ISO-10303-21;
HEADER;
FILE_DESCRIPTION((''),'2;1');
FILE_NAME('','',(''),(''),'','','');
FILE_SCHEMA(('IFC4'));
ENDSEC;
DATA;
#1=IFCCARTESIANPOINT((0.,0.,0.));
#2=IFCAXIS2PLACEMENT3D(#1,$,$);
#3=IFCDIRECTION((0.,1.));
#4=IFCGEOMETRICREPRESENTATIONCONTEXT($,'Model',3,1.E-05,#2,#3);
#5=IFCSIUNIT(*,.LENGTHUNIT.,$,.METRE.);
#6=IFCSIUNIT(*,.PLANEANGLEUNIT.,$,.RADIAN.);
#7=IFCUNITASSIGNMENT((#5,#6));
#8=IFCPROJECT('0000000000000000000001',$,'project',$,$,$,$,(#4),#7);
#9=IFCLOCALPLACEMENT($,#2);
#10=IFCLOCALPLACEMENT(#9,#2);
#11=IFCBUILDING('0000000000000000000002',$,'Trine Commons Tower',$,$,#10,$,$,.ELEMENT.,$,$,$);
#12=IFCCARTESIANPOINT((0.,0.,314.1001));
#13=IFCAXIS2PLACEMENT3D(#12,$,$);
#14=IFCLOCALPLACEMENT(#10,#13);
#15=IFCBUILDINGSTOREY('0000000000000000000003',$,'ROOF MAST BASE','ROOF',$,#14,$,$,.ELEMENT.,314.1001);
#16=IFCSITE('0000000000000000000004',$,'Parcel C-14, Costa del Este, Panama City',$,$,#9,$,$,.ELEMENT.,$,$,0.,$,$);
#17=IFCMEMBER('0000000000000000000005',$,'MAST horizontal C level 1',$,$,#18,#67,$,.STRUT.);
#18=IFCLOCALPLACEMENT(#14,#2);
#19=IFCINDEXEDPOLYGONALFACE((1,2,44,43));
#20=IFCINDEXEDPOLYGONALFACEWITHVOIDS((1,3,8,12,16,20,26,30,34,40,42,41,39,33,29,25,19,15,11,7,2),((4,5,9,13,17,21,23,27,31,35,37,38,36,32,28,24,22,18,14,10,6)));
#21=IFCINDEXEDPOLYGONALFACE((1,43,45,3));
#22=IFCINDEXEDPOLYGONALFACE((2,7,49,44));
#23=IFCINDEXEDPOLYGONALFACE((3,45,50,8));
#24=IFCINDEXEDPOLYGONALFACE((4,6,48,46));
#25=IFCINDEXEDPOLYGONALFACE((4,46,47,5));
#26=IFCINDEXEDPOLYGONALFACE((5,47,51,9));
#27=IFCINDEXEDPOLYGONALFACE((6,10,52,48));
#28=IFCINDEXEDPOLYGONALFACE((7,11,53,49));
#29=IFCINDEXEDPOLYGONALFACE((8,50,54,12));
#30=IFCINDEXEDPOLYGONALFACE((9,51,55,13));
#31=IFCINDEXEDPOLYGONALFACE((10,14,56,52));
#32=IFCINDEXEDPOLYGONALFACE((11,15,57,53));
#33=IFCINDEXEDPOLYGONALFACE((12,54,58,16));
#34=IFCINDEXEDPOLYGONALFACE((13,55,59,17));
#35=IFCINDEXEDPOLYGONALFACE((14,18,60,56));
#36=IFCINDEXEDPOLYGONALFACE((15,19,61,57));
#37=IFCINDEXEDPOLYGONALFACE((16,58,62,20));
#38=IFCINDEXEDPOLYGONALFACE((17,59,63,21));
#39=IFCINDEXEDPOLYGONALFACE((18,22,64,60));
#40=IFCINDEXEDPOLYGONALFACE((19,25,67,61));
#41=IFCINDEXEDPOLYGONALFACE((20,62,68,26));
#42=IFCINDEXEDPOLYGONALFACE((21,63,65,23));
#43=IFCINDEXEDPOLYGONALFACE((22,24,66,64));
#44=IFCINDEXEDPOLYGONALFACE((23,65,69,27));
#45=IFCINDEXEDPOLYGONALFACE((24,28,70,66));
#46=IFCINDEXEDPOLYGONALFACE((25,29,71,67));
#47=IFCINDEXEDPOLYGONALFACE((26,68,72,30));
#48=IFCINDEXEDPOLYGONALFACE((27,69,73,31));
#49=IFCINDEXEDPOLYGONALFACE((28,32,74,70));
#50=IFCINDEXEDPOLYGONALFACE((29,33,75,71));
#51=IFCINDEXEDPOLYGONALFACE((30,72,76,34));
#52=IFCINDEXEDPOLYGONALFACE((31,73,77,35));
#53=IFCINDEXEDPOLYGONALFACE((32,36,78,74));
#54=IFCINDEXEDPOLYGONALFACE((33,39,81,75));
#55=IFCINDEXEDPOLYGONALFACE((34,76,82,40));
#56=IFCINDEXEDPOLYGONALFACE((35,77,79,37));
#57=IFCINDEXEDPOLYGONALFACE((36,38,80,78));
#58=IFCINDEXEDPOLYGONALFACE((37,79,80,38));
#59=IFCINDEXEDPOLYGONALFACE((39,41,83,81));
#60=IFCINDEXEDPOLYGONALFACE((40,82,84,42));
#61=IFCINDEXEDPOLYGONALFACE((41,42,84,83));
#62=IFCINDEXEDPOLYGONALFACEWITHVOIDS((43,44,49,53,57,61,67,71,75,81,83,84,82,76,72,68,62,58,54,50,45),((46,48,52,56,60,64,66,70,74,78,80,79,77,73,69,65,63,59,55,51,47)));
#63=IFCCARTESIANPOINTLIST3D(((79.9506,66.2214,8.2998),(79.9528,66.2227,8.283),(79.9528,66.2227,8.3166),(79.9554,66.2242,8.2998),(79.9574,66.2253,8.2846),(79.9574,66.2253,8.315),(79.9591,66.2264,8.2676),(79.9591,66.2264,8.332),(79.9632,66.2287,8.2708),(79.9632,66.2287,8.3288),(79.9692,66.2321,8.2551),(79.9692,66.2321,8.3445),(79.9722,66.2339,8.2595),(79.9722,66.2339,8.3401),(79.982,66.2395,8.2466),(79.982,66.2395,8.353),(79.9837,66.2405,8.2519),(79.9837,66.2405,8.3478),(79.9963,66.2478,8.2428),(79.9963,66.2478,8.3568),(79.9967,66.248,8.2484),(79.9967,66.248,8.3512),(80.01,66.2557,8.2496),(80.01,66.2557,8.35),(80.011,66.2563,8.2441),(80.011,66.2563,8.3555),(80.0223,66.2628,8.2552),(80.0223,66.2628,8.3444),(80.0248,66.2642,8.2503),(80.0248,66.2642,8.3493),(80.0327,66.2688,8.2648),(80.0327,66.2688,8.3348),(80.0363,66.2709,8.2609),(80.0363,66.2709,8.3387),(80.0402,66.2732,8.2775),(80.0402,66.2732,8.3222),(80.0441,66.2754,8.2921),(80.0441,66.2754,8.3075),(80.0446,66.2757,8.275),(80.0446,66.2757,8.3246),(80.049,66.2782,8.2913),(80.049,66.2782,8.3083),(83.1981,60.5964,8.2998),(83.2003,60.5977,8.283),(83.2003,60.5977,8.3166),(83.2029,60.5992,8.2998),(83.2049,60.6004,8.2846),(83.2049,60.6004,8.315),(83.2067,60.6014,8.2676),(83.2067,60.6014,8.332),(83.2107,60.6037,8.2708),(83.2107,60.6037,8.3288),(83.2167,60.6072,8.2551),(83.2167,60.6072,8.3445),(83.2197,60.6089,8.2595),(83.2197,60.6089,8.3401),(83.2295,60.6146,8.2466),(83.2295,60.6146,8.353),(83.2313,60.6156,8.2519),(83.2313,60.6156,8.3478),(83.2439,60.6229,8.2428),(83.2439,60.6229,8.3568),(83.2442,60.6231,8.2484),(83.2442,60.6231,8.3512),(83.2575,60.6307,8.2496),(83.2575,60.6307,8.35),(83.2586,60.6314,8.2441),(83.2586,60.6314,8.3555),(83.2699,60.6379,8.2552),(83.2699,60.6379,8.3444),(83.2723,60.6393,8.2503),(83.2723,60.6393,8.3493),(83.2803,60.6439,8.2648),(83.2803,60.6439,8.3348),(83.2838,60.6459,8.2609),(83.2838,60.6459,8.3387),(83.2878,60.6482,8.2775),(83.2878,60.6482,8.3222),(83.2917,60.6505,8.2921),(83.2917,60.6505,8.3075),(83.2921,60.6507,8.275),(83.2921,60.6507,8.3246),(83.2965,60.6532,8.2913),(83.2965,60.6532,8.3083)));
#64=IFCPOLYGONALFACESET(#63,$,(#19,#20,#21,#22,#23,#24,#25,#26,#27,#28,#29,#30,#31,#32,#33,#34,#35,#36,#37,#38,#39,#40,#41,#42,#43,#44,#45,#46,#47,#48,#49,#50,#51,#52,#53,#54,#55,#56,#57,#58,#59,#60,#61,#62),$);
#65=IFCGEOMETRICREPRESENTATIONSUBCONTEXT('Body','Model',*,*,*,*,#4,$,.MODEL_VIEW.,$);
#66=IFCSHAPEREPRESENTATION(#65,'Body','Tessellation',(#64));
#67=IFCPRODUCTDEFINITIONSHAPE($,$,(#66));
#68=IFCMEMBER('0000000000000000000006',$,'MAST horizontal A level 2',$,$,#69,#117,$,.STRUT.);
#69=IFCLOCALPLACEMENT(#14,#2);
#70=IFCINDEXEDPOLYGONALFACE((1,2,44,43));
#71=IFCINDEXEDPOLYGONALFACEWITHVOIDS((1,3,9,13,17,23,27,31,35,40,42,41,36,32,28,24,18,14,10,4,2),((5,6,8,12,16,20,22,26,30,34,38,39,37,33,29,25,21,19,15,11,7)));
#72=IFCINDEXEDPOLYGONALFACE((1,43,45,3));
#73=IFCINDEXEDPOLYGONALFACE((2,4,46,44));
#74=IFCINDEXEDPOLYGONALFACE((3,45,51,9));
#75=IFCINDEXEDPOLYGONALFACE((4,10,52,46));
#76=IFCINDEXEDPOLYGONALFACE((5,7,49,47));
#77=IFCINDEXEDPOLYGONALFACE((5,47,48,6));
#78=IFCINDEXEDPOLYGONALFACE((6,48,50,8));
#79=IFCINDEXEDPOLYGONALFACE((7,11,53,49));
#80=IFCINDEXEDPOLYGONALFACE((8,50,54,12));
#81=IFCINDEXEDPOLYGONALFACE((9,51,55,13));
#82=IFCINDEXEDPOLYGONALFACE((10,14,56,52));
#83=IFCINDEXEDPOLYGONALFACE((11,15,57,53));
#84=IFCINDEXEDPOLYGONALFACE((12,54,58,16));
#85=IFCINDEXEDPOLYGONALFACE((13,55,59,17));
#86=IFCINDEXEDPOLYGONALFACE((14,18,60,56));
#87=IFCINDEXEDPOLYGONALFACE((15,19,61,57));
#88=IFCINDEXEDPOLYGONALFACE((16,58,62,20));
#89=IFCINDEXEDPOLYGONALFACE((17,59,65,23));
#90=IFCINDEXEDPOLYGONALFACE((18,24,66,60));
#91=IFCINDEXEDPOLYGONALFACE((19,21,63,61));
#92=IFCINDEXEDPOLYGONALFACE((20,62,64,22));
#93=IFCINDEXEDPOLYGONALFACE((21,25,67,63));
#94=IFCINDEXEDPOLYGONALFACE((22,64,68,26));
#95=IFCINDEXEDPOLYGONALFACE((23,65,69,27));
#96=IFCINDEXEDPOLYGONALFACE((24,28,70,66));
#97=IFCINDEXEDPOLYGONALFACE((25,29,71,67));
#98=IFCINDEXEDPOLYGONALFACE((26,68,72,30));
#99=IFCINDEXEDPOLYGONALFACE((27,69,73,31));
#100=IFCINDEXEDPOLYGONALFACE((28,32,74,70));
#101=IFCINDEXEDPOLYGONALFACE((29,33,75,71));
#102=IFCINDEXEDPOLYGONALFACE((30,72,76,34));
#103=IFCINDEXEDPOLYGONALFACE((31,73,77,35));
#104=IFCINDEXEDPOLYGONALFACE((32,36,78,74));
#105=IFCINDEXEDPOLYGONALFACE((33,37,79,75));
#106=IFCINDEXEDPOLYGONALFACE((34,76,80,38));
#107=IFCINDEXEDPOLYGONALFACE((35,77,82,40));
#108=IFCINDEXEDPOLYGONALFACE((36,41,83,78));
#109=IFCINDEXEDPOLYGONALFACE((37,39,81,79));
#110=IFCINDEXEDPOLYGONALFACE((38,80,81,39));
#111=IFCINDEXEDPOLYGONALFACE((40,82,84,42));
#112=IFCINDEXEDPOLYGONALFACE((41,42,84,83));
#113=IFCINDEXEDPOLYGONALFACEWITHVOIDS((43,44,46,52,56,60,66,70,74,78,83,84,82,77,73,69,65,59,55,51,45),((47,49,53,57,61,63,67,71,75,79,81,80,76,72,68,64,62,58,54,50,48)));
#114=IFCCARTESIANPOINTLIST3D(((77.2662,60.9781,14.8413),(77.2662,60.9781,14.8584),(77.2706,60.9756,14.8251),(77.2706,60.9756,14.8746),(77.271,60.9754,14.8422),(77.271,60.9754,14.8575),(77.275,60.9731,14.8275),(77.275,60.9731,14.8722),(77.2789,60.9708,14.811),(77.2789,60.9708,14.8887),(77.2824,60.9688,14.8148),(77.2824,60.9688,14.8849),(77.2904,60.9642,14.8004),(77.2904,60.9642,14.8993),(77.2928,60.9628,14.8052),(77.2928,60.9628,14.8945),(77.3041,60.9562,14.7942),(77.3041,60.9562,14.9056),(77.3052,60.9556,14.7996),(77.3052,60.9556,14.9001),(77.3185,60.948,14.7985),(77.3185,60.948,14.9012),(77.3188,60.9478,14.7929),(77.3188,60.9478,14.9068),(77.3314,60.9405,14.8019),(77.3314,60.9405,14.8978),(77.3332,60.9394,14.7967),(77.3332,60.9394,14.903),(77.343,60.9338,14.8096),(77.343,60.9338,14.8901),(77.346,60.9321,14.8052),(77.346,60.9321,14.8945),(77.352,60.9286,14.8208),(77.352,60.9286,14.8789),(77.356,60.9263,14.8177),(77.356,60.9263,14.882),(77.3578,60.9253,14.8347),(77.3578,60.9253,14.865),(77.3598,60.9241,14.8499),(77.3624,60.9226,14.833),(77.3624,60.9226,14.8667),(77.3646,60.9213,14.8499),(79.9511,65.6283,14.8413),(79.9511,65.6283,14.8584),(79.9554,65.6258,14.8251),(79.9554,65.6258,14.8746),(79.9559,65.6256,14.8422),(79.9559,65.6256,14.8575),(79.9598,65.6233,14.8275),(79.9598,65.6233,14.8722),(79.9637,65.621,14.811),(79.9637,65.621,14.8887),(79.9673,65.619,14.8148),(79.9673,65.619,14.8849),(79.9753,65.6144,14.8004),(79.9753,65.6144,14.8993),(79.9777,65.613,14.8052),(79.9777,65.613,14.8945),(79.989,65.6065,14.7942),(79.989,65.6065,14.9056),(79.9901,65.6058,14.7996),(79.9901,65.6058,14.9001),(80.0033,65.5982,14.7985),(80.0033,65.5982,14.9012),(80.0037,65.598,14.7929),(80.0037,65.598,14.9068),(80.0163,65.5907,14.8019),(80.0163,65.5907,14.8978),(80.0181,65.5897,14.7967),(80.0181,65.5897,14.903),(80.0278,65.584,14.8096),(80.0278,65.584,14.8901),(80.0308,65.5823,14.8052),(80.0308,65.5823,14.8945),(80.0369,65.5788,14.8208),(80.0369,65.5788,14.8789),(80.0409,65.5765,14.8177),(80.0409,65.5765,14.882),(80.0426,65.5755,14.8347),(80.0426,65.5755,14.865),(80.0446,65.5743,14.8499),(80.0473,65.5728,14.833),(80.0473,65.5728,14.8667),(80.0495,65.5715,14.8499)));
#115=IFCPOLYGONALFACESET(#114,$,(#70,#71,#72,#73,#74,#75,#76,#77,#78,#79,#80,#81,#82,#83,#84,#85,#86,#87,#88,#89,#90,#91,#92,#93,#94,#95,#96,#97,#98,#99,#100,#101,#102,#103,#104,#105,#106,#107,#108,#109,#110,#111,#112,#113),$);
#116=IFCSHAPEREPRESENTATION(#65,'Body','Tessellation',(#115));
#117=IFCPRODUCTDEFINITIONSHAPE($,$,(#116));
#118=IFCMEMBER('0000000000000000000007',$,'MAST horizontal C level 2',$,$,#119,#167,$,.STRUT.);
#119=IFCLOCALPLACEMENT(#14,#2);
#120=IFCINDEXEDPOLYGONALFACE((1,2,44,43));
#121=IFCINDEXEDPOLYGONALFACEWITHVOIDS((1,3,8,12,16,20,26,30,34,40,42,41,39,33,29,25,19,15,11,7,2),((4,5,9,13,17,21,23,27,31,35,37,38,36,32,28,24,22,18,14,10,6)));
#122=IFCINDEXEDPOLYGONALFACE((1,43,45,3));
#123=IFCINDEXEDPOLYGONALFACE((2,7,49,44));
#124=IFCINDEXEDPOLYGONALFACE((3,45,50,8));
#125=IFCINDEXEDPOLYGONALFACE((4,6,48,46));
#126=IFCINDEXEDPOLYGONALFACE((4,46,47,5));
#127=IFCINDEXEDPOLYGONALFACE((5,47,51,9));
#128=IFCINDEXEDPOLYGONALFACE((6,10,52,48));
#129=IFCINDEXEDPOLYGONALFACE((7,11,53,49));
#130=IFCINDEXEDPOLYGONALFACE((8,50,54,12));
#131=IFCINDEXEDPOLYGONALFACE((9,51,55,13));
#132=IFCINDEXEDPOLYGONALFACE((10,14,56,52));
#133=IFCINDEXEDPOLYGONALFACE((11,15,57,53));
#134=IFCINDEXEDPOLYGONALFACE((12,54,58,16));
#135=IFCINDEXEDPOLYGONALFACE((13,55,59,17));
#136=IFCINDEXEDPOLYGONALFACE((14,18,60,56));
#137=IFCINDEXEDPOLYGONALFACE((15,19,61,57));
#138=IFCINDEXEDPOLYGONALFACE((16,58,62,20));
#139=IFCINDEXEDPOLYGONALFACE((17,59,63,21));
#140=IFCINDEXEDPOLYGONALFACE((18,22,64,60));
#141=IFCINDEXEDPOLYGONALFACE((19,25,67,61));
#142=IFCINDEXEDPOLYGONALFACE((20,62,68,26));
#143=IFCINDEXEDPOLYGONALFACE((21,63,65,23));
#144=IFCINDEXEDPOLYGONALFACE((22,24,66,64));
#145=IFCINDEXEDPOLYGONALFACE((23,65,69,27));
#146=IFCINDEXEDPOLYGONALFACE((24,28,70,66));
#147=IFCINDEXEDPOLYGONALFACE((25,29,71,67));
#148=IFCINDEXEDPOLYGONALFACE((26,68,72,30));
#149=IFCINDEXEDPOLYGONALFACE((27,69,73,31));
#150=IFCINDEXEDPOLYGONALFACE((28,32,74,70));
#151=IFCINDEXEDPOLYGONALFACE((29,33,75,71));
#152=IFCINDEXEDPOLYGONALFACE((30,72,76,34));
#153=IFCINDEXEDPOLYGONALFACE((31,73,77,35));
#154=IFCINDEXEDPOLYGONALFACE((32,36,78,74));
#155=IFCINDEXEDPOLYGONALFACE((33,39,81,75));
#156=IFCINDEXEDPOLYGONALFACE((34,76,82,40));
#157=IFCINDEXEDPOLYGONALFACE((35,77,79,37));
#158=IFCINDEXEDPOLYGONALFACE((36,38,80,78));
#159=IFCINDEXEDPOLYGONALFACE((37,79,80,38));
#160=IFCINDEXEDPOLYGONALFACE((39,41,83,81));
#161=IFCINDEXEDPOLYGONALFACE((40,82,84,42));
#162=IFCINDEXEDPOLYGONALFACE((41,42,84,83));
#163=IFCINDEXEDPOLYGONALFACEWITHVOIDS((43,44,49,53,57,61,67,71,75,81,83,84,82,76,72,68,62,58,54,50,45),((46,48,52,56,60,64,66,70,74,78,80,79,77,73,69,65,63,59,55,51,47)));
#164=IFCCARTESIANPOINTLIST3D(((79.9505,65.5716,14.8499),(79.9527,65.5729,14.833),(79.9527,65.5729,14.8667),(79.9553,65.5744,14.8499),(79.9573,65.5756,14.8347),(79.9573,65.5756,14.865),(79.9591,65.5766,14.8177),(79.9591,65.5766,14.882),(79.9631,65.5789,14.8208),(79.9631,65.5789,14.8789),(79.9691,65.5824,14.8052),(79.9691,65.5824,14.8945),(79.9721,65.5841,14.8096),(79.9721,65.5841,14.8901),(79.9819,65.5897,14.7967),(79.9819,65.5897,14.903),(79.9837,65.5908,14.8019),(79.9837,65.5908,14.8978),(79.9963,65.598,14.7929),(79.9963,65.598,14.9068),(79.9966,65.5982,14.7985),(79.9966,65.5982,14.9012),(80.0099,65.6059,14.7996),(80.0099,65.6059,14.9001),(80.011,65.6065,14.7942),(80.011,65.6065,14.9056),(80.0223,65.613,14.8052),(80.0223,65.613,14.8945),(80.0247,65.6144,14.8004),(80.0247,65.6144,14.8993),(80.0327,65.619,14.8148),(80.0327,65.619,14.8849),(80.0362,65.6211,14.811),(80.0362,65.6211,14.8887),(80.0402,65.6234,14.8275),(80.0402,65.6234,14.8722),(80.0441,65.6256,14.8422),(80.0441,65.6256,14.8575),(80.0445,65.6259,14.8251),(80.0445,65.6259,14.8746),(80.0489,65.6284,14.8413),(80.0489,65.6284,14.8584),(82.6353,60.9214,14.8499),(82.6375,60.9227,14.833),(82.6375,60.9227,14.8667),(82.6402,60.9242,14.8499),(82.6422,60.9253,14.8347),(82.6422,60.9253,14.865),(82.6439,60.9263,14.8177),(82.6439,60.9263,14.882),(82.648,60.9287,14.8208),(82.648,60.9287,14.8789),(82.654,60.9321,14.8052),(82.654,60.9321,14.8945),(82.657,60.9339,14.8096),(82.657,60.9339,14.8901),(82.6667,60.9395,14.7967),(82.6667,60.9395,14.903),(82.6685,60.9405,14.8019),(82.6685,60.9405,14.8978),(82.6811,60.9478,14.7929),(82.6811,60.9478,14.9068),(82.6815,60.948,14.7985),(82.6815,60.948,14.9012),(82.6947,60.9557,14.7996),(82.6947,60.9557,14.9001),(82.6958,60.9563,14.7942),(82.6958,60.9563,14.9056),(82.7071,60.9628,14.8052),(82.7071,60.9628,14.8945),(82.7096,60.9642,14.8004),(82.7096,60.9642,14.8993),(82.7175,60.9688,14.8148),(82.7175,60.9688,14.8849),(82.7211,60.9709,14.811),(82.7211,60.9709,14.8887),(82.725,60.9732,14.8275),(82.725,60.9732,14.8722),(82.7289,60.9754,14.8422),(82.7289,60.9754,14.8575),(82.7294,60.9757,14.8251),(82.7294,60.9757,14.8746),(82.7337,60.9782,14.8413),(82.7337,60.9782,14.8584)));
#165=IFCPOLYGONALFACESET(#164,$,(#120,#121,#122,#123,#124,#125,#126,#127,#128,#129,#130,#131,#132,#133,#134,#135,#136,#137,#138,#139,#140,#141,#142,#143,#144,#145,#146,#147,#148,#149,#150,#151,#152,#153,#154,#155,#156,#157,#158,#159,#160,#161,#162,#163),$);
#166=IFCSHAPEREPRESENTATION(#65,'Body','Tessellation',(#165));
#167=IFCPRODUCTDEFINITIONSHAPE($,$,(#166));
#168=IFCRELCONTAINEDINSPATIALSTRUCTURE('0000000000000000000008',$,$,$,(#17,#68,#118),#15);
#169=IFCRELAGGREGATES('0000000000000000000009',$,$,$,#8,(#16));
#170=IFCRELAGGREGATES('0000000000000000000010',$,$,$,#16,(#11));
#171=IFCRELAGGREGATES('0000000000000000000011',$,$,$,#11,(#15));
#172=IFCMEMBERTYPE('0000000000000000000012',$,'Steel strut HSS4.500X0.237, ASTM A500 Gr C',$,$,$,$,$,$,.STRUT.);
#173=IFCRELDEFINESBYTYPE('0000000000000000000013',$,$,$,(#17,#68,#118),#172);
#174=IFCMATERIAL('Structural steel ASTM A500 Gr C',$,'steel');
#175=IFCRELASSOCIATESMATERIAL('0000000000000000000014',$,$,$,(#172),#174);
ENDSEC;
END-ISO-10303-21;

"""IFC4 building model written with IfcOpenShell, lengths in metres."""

from ifc_helpers import new_model, si_unit, direction, frame, origin, origin_2d, place, context, subcontext, project, spatial, hollow_circle, extrude, material, material_profile, profile_set, type_object, element, save


model = new_model("IFC4")

# Units and contexts
model_context = context("Model", 3, precision=1e-05, world=origin(), true_north=direction((0.0, 1.0)))
body_context = subcontext(model_context, "Body", "Model", "MODEL_VIEW")
ifc_project = project(units=[si_unit("LENGTHUNIT", "METRE"), si_unit("PLANEANGLEUNIT", "RADIAN")], contexts=[model_context])

# Site, building, storey
site_placement = place(None, origin())
site = spatial("IfcSite", under=ifc_project, at=site_placement, Name="Parcel C-14, Costa del Este, Panama City", CompositionType="ELEMENT", RefElevation=0.0)
building_placement = place(site_placement, origin())
building = spatial("IfcBuilding", under=site, at=building_placement, Name="Trine Commons Tower", CompositionType="ELEMENT")
storey_placement = place(building_placement, frame((0.0, 0.0, 314.1001)))
storey = spatial("IfcBuildingStorey", under=building, at=storey_placement, Name="ROOF MAST BASE", Description="ROOF", CompositionType="ELEMENT", Elevation=314.1001)

# Members
ifc_material_1 = material(Name="Structural steel ASTM A500 Gr C", Category="steel")
ifc_material_profile_1 = material_profile(ifc_material_1, hollow_circle(Radius=0.0571, WallThickness=0.0056, at=origin_2d()), Name="HSS4.500X0.237")
ifc_profile_set_1 = profile_set([ifc_material_profile_1], Name="Structural steel ASTM A500 Gr C")
member_type_1 = type_object("IfcMemberType", Name="Steel strut HSS4.500X0.237, ASTM A500 Gr C", PredefinedType="STRUT", material=ifc_profile_set_1)
for number, where, z_axis, x_axis, name in (
    (1, (83.2476, 60.625, 8.2998), (-0.499996, 0.866028, 0.0), (-0.866028, -0.499996, 0.0), "MAST horizontal C level 1"),
):
    element("IfcMember", number, at=place(storey_placement, frame(where, z_axis=z_axis, x_axis=x_axis)), inside=storey, type_object=member_type_1, Name=name, PredefinedType="STRUT", context=body_context, shape_type="SweptSolid", body=[
        extrude(hollow_circle(Radius=0.0571, WallThickness=0.0056, at=origin_2d()), origin(), (0.0, 0.0, 1.0), 6.4951),
    ])
for number, where, z_axis, x_axis, name in (
    (2, (80.0, 65.6001, 14.8499), (-0.500007, -0.866021, 0.0), (0.866021, -0.500007, 0.0), "MAST horizontal A level 2"),
    (3, (82.6848, 60.95, 14.8499), (-0.500007, 0.866021, 0.0), (-0.866021, -0.500007, 0.0), "MAST horizontal C level 2"),
):
    element("IfcMember", number, at=place(storey_placement, frame(where, z_axis=z_axis, x_axis=x_axis)), inside=storey, type_object=member_type_1, Name=name, PredefinedType="STRUT", context=body_context, shape_type="SweptSolid", body=[
        extrude(hollow_circle(Radius=0.0571, WallThickness=0.0056, at=origin_2d()), origin(), (0.0, 0.0, 1.0), 5.3696),
    ])

save(model, "model.ifc")
